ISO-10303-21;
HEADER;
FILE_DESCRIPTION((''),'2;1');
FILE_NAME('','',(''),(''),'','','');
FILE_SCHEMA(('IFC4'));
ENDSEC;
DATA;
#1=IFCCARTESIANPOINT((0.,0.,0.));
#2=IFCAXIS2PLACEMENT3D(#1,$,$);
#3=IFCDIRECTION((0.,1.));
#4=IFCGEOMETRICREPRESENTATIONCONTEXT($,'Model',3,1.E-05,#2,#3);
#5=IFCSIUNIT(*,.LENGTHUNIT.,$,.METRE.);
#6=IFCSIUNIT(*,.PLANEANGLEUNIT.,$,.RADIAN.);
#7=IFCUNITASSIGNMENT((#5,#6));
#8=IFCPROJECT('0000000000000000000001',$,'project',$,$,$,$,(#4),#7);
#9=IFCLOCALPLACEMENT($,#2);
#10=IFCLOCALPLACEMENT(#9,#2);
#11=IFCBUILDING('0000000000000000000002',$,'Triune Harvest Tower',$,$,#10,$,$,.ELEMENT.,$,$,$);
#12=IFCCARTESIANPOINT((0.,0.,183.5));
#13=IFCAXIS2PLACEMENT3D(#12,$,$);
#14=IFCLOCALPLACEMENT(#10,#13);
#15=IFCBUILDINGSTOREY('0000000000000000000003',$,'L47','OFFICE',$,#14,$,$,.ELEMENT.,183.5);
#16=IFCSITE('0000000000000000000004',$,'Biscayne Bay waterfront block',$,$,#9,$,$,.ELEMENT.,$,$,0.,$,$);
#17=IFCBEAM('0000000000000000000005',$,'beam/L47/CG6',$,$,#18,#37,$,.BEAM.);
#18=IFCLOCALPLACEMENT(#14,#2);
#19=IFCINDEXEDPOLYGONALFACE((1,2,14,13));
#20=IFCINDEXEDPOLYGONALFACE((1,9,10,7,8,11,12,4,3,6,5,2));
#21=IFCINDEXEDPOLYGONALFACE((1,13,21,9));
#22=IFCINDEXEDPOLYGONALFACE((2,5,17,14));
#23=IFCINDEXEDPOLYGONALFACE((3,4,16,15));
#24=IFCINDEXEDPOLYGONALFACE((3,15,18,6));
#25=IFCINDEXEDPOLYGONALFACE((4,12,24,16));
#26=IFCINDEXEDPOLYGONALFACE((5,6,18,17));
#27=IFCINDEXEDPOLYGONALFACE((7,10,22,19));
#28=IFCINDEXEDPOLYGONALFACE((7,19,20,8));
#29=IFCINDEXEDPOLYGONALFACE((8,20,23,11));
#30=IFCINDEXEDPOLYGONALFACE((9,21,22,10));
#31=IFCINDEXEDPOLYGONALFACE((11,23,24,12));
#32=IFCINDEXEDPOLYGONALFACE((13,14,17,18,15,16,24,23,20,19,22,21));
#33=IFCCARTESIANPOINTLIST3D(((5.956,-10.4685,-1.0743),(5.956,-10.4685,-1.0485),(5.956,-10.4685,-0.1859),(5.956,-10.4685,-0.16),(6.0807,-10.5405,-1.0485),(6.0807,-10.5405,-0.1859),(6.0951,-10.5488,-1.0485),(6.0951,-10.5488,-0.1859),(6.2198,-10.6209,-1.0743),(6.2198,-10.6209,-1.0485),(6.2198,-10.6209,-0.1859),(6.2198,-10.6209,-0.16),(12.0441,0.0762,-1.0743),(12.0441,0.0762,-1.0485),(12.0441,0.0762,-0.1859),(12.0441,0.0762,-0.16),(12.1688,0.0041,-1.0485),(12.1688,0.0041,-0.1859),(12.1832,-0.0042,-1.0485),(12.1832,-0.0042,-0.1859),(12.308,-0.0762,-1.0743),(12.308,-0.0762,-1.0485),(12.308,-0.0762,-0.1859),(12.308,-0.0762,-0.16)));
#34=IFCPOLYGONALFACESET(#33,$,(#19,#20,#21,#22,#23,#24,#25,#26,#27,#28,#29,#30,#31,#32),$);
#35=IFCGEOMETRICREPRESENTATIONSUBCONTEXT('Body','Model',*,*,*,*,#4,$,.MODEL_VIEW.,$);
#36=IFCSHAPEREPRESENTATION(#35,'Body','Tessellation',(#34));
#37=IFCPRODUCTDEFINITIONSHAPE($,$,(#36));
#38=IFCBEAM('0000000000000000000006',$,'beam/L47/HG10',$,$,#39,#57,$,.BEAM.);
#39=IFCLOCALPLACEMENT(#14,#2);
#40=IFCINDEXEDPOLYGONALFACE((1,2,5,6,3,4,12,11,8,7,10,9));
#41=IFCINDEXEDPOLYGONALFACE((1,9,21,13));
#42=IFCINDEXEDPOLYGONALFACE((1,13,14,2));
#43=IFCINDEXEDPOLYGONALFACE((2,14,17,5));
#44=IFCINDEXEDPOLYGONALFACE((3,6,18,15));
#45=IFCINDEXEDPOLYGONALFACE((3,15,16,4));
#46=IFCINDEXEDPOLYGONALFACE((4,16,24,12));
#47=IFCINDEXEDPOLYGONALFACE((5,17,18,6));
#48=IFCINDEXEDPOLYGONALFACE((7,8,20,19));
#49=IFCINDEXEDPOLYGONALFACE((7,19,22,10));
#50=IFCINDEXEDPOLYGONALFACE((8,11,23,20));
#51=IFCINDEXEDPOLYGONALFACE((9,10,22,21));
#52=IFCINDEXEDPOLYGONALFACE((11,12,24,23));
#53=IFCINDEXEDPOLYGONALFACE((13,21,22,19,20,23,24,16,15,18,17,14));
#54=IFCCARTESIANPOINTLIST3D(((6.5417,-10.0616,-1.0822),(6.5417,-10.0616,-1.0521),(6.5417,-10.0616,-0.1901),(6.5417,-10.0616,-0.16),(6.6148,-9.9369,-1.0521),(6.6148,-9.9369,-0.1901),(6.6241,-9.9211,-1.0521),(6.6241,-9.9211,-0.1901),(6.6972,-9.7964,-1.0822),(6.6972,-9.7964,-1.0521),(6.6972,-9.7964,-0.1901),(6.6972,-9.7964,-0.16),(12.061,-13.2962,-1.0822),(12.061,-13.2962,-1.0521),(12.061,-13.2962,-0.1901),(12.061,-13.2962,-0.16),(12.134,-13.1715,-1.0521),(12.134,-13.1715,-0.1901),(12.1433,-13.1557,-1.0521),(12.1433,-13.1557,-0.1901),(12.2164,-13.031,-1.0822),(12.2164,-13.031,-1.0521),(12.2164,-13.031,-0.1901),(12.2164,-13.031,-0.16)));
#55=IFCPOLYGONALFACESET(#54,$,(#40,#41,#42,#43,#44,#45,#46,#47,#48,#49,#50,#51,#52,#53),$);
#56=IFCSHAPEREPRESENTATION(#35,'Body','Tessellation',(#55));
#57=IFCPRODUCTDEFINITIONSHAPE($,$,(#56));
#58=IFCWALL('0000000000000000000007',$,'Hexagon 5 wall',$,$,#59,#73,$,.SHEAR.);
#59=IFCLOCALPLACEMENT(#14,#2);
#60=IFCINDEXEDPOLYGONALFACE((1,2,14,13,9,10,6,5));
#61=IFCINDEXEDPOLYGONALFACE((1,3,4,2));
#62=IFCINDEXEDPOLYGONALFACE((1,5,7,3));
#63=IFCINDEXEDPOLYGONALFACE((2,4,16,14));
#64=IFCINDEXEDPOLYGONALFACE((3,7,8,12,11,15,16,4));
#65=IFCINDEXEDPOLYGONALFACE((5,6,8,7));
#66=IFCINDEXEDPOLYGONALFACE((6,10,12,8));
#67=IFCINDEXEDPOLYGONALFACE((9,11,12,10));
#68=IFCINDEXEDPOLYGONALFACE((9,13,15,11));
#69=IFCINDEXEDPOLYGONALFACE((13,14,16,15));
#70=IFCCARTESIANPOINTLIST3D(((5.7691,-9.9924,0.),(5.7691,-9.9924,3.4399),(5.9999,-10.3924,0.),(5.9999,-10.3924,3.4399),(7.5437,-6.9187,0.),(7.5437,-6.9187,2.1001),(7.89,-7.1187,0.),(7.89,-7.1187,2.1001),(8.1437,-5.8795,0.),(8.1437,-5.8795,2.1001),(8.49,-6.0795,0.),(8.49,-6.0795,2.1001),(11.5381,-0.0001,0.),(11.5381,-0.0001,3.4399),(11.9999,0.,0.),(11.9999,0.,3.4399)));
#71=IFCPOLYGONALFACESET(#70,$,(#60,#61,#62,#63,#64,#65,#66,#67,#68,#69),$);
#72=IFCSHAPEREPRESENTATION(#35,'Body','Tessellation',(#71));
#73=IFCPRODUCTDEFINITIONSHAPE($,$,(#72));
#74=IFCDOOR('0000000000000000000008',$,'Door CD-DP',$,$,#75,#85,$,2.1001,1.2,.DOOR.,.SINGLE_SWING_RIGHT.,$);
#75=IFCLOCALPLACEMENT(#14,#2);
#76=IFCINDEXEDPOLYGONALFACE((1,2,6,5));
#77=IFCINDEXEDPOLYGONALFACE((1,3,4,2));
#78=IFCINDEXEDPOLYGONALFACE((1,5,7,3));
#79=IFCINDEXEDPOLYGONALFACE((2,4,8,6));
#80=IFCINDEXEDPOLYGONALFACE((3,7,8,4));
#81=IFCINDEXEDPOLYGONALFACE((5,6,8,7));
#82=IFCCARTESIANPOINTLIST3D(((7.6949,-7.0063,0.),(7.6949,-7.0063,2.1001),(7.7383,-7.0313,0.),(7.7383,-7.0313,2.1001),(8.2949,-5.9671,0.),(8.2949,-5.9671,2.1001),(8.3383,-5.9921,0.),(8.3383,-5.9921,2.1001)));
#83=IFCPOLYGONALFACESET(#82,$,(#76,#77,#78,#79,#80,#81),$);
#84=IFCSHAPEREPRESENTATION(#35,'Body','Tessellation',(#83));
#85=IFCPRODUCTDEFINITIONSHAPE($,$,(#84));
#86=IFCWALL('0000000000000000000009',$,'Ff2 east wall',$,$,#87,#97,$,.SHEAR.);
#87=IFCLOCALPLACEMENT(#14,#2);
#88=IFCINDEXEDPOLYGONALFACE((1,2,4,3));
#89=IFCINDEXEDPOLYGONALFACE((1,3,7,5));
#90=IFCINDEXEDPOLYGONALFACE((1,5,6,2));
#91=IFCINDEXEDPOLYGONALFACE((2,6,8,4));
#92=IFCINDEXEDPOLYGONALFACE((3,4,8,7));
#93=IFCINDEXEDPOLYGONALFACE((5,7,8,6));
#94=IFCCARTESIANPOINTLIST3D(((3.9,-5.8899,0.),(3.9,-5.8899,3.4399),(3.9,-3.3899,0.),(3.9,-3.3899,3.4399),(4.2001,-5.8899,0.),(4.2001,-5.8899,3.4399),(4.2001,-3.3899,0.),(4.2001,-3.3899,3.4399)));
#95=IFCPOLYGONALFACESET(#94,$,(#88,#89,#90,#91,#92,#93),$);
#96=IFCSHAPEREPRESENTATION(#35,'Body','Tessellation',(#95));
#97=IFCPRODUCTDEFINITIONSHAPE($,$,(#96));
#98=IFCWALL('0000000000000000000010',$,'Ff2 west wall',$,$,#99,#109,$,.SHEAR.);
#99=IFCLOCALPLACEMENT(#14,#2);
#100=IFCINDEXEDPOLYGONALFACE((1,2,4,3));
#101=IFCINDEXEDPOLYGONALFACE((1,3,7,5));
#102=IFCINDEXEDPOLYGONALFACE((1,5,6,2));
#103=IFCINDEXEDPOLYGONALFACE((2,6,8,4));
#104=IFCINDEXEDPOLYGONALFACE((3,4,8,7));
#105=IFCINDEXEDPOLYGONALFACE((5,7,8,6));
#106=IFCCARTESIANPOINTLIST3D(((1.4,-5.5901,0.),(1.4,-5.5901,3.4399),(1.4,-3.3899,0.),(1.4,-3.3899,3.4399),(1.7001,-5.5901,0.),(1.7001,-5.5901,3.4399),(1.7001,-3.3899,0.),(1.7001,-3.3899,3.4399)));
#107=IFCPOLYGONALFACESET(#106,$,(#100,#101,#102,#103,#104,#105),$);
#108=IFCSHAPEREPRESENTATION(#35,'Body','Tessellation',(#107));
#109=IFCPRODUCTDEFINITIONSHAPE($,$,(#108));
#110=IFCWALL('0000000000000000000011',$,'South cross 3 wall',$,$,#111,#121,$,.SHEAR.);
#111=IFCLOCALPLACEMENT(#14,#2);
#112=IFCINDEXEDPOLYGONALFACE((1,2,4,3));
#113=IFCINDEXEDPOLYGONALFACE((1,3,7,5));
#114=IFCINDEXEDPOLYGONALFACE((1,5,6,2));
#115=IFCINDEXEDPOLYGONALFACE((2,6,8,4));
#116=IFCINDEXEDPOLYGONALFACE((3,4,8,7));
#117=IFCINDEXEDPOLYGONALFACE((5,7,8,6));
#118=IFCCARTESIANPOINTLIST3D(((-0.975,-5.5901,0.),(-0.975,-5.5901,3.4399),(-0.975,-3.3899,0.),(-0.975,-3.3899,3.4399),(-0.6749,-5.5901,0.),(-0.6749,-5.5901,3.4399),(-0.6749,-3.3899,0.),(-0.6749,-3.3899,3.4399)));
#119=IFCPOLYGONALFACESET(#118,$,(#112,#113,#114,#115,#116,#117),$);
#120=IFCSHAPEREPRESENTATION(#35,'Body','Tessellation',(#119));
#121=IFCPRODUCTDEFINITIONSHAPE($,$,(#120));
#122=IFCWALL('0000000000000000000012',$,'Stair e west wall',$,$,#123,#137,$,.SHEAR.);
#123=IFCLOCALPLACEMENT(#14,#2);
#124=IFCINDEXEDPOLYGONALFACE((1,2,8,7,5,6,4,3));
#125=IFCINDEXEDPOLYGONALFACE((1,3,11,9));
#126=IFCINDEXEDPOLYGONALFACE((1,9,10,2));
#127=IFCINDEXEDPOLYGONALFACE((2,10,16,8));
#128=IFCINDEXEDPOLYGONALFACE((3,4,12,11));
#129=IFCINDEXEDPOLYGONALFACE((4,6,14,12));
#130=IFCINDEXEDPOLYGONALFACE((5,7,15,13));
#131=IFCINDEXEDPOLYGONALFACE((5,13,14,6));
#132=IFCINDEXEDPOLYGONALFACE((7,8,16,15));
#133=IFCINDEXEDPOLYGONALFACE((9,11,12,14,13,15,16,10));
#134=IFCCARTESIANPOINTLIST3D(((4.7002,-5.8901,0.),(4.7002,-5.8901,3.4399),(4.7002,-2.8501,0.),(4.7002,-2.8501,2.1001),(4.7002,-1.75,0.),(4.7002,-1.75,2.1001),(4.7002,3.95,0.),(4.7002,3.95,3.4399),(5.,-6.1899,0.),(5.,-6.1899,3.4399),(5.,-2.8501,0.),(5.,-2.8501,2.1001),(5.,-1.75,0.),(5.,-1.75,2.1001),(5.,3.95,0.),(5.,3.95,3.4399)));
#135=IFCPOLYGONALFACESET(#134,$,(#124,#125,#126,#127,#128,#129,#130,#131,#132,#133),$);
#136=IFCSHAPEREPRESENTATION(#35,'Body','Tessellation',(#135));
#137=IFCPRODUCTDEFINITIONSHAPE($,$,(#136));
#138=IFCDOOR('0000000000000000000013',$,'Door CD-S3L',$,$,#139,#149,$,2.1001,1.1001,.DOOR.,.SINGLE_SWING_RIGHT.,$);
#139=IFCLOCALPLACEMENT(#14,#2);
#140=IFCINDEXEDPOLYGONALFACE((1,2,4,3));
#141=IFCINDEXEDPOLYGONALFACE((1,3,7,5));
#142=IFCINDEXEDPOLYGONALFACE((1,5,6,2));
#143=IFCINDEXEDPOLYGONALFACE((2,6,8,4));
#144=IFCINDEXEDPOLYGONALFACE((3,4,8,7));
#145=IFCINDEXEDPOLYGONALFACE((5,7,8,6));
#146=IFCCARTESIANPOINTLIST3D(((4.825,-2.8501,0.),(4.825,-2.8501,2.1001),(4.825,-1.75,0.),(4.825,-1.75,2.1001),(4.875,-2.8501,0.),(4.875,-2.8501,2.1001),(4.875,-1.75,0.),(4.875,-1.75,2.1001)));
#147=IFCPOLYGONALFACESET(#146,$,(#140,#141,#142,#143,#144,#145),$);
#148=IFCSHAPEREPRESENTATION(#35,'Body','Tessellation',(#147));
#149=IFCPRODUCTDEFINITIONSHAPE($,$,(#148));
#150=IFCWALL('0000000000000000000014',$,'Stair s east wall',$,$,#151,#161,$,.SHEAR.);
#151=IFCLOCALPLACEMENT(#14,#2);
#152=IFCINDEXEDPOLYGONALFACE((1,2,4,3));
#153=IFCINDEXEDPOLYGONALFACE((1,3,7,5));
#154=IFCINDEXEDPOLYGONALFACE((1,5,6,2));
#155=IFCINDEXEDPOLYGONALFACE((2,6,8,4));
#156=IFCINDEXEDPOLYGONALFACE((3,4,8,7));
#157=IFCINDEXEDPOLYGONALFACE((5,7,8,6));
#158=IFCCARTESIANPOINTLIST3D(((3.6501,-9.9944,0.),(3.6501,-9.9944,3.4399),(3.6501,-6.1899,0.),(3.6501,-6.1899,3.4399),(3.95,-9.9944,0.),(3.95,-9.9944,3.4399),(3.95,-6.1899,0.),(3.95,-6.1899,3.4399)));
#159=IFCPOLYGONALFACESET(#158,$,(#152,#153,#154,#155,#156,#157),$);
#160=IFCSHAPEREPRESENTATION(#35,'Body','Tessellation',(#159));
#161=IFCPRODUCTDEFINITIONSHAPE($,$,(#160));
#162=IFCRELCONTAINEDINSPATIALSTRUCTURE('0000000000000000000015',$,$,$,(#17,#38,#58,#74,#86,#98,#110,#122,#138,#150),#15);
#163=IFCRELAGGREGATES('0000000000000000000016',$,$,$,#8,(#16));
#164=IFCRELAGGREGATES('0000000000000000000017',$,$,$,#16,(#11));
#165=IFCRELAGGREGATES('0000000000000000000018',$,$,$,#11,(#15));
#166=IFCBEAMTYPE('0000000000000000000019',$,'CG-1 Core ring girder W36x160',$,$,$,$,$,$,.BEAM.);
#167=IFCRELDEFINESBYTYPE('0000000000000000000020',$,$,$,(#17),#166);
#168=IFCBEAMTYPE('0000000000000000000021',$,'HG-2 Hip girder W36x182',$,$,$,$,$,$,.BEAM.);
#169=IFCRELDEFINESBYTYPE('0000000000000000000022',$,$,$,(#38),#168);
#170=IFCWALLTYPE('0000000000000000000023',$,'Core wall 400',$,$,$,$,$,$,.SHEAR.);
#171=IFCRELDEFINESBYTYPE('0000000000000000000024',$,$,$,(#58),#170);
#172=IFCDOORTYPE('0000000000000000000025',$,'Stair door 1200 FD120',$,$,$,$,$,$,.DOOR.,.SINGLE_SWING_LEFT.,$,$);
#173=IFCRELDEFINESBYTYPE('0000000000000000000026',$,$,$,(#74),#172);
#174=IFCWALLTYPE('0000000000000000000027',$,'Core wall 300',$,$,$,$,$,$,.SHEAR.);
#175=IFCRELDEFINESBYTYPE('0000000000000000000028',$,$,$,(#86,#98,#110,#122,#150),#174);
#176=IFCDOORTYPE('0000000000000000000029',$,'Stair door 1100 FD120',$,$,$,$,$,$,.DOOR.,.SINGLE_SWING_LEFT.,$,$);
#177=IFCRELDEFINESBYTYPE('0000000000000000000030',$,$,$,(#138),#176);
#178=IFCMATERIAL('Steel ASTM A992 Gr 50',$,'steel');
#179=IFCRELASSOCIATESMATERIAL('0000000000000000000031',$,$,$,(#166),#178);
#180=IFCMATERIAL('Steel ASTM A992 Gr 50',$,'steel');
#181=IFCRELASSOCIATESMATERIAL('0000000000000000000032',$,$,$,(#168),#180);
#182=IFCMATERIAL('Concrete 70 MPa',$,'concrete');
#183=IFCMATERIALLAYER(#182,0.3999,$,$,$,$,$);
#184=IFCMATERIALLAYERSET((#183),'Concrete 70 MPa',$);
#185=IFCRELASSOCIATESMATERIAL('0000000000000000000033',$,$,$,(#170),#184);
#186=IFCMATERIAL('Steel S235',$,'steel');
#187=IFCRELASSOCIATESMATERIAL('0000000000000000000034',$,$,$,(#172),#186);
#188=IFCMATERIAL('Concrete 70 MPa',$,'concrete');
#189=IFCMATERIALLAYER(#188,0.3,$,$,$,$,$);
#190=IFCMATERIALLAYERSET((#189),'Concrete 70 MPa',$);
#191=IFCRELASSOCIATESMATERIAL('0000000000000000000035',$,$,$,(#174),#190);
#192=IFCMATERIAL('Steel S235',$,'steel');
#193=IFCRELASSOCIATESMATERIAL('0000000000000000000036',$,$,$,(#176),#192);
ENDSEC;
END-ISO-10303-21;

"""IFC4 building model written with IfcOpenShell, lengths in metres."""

from ifc_helpers import new_model, si_unit, direction, frame, frame_2d, origin, origin_2d, place, context, subcontext, project, spatial, polyline, rectangle, i_section, outline, extrude, source, transform, mapped, material, layer, layer_set, material_profile, profile_set, type_object, element, fill, save


model = new_model("IFC4")

# Units and contexts
model_context = context("Model", 3, precision=1e-05, world=origin(), true_north=direction((0.0, 1.0)))
body_context = subcontext(model_context, "Body", "Model", "MODEL_VIEW")
ifc_project = project(units=[si_unit("LENGTHUNIT", "METRE"), si_unit("PLANEANGLEUNIT", "RADIAN")], contexts=[model_context])

# Site, building, storey
site_placement = place(None, origin())
site = spatial("IfcSite", under=ifc_project, at=site_placement, Name="Biscayne Bay waterfront block", CompositionType="ELEMENT", RefElevation=0.0)
building_placement = place(site_placement, origin())
building = spatial("IfcBuilding", under=site, at=building_placement, Name="Triune Harvest Tower", CompositionType="ELEMENT")
storey_placement = place(building_placement, frame((0.0, 0.0, 183.5)))
storey = spatial("IfcBuildingStorey", under=building, at=storey_placement, Name="L47", Description="OFFICE", CompositionType="ELEMENT", Elevation=183.5)

# Beams
ifc_material_1 = material(Name="Steel ASTM A992 Gr 50", Category="steel")
ifc_material_profile_1 = material_profile(ifc_material_1, i_section(OverallWidth=0.3047, OverallDepth=0.9143, WebThickness=0.0166, FlangeThickness=0.0259, at=origin_2d()), Name="W36x160")
ifc_profile_set_1 = profile_set([ifc_material_profile_1], Name="Steel ASTM A992 Gr 50")
beam_type_1 = type_object("IfcBeamType", Name="CG-1 Core ring girder W36x160", PredefinedType="BEAM", material=ifc_profile_set_1)
shared_shape_1 = source(origin(), body_context, "Body", "SweptSolid", [
    extrude(i_section(OverallWidth=0.3047, OverallDepth=0.9143, WebThickness=0.0166, FlangeThickness=0.0259, at=origin_2d()), origin(), (0.0, 0.0, 1.0), 12.176),
])
beam_1_placement = place(storey_placement, frame((6.0879, -10.5447, -0.6172), z_axis=(0.50001, 0.86602, 0.0), x_axis=(-0.86602, 0.50001, 0.0)))
element("IfcBeam", 1, at=beam_1_placement, inside=storey, type_object=beam_type_1, Name="beam/L47/CG6", PredefinedType="BEAM", context=body_context, shape_type="MappedRepresentation", body=[
    mapped(shared_shape_1, transform((0.0, 0.0, 0.0), scale=1.0)),
])
ifc_material_2 = material(Name="Steel ASTM A992 Gr 50", Category="steel")
ifc_material_profile_2 = material_profile(ifc_material_2, i_section(OverallWidth=0.3074, OverallDepth=0.9221, WebThickness=0.0183, FlangeThickness=0.03, at=origin_2d()), Name="W36x182")
ifc_profile_set_2 = profile_set([ifc_material_profile_2], Name="Steel ASTM A992 Gr 50")
beam_type_2 = type_object("IfcBeamType", Name="HG-2 Hip girder W36x182", PredefinedType="BEAM", material=ifc_profile_set_2)
shared_shape_2 = source(origin(), body_context, "Body", "SweptSolid", [
    extrude(i_section(OverallWidth=0.3074, OverallDepth=0.9221, WebThickness=0.0183, FlangeThickness=0.03, at=origin_2d()), origin(), (0.0, 0.0, 1.0), 6.3972),
])
beam_2_placement = place(storey_placement, frame((12.1387, -13.1636, -0.6211), z_axis=(-0.862754, 0.505624, 0.0), x_axis=(-0.505624, -0.862754, 0.0)))
element("IfcBeam", 2, at=beam_2_placement, inside=storey, type_object=beam_type_2, Name="beam/L47/HG10", PredefinedType="BEAM", context=body_context, shape_type="MappedRepresentation", body=[
    mapped(shared_shape_2, transform((0.0, 0.0, 0.0), scale=1.0)),
])

# Wall, opening, door
ifc_material_3 = material(Name="Concrete 70 MPa", Category="concrete")
ifc_layer_1 = layer(ifc_material_3, 0.3999)
ifc_layer_set_1 = layer_set([ifc_layer_1], Name="Concrete 70 MPa")
wall_type_1 = type_object("IfcWallType", Name="Core wall 400", PredefinedType="SHEAR", material=ifc_layer_set_1)
shared_shape_3 = source(origin(), body_context, "Body", "SweptSolid", [
    extrude(outline(polyline([(-0.1155, -0.2), (11.8845, -0.2), (11.6536, 0.2), (0.1155, 0.2), (-0.1155, -0.2)])), origin(), (0.0, 0.0, 1.0), 3.4399),
])
wall_1_placement = place(storey_placement, frame((5.8845, -10.1924, 0.0), z_axis=(0.0, 0.0, 1.0), x_axis=(0.499997, 0.866027, 0.0)))
wall_1 = element("IfcWall", 3, at=wall_1_placement, inside=storey, type_object=wall_type_1, Name="Hexagon 5 wall", PredefinedType="SHEAR", context=body_context, shape_type="MappedRepresentation", body=[
    mapped(shared_shape_3, transform((0.0, 0.0, 0.0), scale=1.0)),
])
opening_1_placement = place(wall_1_placement, frame((3.6646, 0.0, 0.0)))
opening_1 = element("IfcOpeningElement", 4, at=opening_1_placement, cuts=wall_1, PredefinedType="OPENING", context=body_context, shape_type="SweptSolid", body=[
    extrude(rectangle(XDim=1.2, YDim=2.1001, at=frame_2d((0.6001, 1.05))), frame((0.0, 0.21, 0.0), z_axis=(0.0, -1.0, 0.0), x_axis=(1.0, 0.0, 0.0)), (0.0, 0.0, 1.0), 0.4199),
])
ifc_material_4 = material(Name="Steel S235", Category="steel")
door_type_1 = type_object("IfcDoorType", Name="Stair door 1200 FD120", OperationType="SINGLE_SWING_LEFT", PredefinedType="DOOR", material=ifc_material_4)
door_1_placement = place(opening_1_placement, frame((1.2, 0.0, 0.0), z_axis=(0.0, 0.0, 1.0), x_axis=(-1.0, 0.0, 0.0)))
door_1 = element("IfcDoor", 5, at=door_1_placement, inside=storey, type_object=door_type_1, Name="Door CD-DP", OperationType="SINGLE_SWING_RIGHT", OverallHeight=2.1001, OverallWidth=1.2, PredefinedType="DOOR", context=body_context, shape_type="SweptSolid", body=[
    extrude(rectangle(XDim=1.2, YDim=2.1001, at=frame_2d((0.6001, 1.05))), frame((0.0, 0.0249, 0.0), z_axis=(0.0, -1.0, 0.0), x_axis=(1.0, 0.0, 0.0)), (0.0, 0.0, 1.0), 0.05),
])
fill(opening_1, door_1)

# Walls
ifc_material_5 = material(Name="Concrete 70 MPa", Category="concrete")
ifc_layer_2 = layer(ifc_material_5, 0.3)
ifc_layer_set_2 = layer_set([ifc_layer_2], Name="Concrete 70 MPa")
wall_type_2 = type_object("IfcWallType", Name="Core wall 300", PredefinedType="SHEAR", material=ifc_layer_set_2)
shared_shape_4 = source(origin(), body_context, "Body", "SweptSolid", [
    extrude(rectangle(XDim=2.5, YDim=0.3, at=frame_2d((1.25, 0.0))), origin(), (0.0, 0.0, 1.0), 3.4399),
])
wall_2_placement = place(storey_placement, frame((4.05, -5.8899, 0.0), z_axis=(0.0, 0.0, 1.0), x_axis=(0.0, 1.0, 0.0)))
element("IfcWall", 6, at=wall_2_placement, inside=storey, type_object=wall_type_2, Name="Ff2 east wall", PredefinedType="SHEAR", context=body_context, shape_type="MappedRepresentation", body=[
    mapped(shared_shape_4, transform((0.0, 0.0, 0.0), scale=1.0)),
])
shared_shape_5 = source(origin(), body_context, "Body", "SweptSolid", [
    extrude(rectangle(XDim=2.2002, YDim=0.3, at=frame_2d((1.1001, 0.0))), origin(), (0.0, 0.0, 1.0), 3.4399),
])
for number, where, z_axis, x_axis, name in (
    (7, (1.55, -5.5901, 0.0), (0.0, 0.0, 1.0), (0.0, 1.0, 0.0), "Ff2 west wall"),
    (8, (-0.825, -5.5901, 0.0), (0.0, 0.0, 1.0), (0.0, 1.0, 0.0), "South cross 3 wall"),
):
    element("IfcWall", number, at=place(storey_placement, frame(where, z_axis=z_axis, x_axis=x_axis)), inside=storey, type_object=wall_type_2, Name=name, PredefinedType="SHEAR", context=body_context, shape_type="MappedRepresentation", body=[
        mapped(shared_shape_5, transform((0.0, 0.0, 0.0), scale=1.0)),
    ])

# Wall, opening, door
shared_shape_6 = source(origin(), body_context, "Body", "SweptSolid", [
    extrude(outline(polyline([(-0.1499, -0.1499), (9.99, -0.1499), (9.99, 0.1499), (0.1499, 0.1499), (-0.1499, -0.1499)])), origin(), (0.0, 0.0, 1.0), 3.4399),
])
wall_3_placement = place(storey_placement, frame((4.8501, -6.04, 0.0), z_axis=(0.0, 0.0, 1.0), x_axis=(0.0, 1.0, 0.0)))
wall_3 = element("IfcWall", 9, at=wall_3_placement, inside=storey, type_object=wall_type_2, Name="Stair e west wall", PredefinedType="SHEAR", context=body_context, shape_type="MappedRepresentation", body=[
    mapped(shared_shape_6, transform((0.0, 0.0, 0.0), scale=1.0)),
])
opening_2_placement = place(wall_3_placement, frame((3.1899, 0.0, 0.0)))
opening_2 = element("IfcOpeningElement", 10, at=opening_2_placement, cuts=wall_3, PredefinedType="OPENING", context=body_context, shape_type="SweptSolid", body=[
    extrude(rectangle(XDim=1.1001, YDim=2.1001, at=frame_2d((0.55, 1.05))), frame((0.0, 0.1602, 0.0), z_axis=(0.0, -1.0, 0.0), x_axis=(1.0, 0.0, 0.0)), (0.0, 0.0, 1.0), 0.3201),
])
ifc_material_6 = material(Name="Steel S235", Category="steel")
door_type_2 = type_object("IfcDoorType", Name="Stair door 1100 FD120", OperationType="SINGLE_SWING_LEFT", PredefinedType="DOOR", material=ifc_material_6)
door_2_placement = place(opening_2_placement, frame((1.1001, 0.0, 0.0), z_axis=(0.0, 0.0, 1.0), x_axis=(-1.0, 0.0, 0.0)))
door_2 = element("IfcDoor", 11, at=door_2_placement, inside=storey, type_object=door_type_2, Name="Door CD-S3L", OperationType="SINGLE_SWING_RIGHT", OverallHeight=2.1001, OverallWidth=1.1001, PredefinedType="DOOR", context=body_context, shape_type="SweptSolid", body=[
    extrude(rectangle(XDim=1.1001, YDim=2.1001, at=frame_2d((0.55, 1.05))), frame((0.0, 0.0249, 0.0), z_axis=(0.0, -1.0, 0.0), x_axis=(1.0, 0.0, 0.0)), (0.0, 0.0, 1.0), 0.05),
])
fill(opening_2, door_2)

# Wall
shared_shape_7 = source(origin(), body_context, "Body", "SweptSolid", [
    extrude(outline(polyline([(3.8, -0.1499), (-0.0044, -0.1499), (-0.0044, 0.1499), (3.8, 0.1499), (3.8, -0.1499)])), origin(), (0.0, 0.0, 1.0), 3.4399),
])
wall_4_placement = place(storey_placement, frame((3.8, -9.99, 0.0), z_axis=(0.0, 0.0, 1.0), x_axis=(0.0, 1.0, 0.0)))
element("IfcWall", 12, at=wall_4_placement, inside=storey, type_object=wall_type_2, Name="Stair s east wall", PredefinedType="SHEAR", context=body_context, shape_type="MappedRepresentation", body=[
    mapped(shared_shape_7, transform((0.0, 0.0, 0.0), scale=1.0)),
])

save(model, "model.ifc")
